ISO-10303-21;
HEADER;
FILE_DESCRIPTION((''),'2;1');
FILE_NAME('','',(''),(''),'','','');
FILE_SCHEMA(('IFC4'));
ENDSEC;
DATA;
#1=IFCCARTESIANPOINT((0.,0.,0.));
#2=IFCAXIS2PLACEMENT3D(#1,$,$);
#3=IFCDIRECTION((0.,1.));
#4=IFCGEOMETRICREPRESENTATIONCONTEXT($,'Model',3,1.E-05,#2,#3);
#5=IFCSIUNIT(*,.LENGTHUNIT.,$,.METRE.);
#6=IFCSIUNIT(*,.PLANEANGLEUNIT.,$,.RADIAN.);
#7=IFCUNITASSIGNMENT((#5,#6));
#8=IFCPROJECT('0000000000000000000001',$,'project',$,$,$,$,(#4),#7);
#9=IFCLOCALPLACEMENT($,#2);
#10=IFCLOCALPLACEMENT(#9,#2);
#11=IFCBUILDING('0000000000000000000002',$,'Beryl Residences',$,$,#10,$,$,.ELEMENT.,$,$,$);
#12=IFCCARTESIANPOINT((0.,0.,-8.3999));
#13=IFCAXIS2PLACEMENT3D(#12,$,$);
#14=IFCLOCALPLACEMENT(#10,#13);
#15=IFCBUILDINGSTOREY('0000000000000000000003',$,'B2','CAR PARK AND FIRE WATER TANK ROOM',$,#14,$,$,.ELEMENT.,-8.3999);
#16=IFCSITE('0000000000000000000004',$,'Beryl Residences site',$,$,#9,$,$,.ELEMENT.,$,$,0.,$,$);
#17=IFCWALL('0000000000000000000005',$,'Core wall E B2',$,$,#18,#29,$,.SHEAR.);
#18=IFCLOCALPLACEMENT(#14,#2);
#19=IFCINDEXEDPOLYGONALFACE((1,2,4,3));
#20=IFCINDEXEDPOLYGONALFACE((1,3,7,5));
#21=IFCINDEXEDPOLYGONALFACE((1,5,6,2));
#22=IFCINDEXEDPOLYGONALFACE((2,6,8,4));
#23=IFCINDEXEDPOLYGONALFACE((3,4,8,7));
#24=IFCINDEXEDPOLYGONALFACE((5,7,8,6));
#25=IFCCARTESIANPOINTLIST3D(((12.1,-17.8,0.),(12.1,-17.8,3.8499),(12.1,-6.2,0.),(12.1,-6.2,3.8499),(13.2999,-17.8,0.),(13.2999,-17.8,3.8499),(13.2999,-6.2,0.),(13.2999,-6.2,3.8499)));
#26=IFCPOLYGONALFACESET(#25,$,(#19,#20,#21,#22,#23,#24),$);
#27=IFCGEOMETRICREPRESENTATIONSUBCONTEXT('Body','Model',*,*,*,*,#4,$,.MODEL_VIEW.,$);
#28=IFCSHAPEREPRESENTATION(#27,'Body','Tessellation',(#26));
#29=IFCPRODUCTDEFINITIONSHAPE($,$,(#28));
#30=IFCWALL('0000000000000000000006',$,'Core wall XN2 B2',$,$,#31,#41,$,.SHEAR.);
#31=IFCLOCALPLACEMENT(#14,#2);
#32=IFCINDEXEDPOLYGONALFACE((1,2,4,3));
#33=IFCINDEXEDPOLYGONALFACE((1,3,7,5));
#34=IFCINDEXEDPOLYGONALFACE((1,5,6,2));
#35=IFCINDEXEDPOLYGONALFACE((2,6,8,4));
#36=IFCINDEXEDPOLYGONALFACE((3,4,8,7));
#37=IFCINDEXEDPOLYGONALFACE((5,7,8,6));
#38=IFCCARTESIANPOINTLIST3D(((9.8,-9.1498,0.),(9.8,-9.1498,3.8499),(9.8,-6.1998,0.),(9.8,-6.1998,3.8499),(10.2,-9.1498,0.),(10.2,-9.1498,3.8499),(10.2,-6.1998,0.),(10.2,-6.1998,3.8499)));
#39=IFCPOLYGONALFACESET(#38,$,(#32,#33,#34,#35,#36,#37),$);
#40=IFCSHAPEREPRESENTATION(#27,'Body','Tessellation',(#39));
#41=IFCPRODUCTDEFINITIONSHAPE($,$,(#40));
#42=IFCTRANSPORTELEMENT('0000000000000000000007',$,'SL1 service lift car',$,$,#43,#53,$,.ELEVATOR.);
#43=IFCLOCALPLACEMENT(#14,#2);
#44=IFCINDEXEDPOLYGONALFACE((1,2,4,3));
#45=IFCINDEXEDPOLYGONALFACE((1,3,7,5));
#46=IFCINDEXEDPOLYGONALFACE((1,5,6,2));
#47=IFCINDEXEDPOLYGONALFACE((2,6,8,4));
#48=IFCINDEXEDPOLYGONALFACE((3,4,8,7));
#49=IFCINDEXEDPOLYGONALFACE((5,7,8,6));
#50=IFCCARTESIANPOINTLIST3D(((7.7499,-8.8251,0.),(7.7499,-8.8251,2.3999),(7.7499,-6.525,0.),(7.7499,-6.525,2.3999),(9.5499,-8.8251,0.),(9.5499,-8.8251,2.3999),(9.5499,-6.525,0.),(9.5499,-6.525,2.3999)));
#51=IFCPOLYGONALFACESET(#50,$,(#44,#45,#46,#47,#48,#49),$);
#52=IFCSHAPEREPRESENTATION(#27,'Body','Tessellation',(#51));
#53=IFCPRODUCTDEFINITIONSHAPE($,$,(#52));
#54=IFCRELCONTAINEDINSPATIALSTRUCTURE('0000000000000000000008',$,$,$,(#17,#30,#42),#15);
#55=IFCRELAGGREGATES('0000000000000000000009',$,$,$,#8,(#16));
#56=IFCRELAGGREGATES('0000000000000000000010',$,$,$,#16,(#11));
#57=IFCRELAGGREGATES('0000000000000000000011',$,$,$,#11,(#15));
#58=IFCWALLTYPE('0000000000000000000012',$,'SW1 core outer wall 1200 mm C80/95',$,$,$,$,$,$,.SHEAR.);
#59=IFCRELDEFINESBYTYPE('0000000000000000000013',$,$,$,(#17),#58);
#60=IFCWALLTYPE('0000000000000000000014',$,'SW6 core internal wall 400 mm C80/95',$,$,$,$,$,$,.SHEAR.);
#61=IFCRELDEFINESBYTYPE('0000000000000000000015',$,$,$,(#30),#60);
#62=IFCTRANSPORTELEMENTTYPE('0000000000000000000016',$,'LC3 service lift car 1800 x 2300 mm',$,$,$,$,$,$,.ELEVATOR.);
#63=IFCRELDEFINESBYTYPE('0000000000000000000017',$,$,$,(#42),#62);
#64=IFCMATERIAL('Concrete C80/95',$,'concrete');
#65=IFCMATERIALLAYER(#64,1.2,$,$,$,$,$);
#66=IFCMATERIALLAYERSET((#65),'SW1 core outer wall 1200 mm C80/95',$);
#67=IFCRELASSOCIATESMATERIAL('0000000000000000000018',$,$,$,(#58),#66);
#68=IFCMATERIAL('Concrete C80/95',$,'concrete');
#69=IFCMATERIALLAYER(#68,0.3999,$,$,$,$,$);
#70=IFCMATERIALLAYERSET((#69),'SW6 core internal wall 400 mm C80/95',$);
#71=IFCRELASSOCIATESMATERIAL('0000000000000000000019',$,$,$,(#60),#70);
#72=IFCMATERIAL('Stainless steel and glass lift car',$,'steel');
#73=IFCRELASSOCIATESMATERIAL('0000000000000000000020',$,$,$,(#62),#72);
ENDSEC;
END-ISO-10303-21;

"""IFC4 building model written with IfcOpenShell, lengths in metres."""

from ifc_helpers import new_model, si_unit, direction, frame, frame_2d, origin, origin_2d, place, context, subcontext, project, spatial, rectangle, extrude, material, layer, layer_set, type_object, element, save


model = new_model("IFC4")

# Units and contexts
model_context = context("Model", 3, precision=1e-05, world=origin(), true_north=direction((0.0, 1.0)))
body_context = subcontext(model_context, "Body", "Model", "MODEL_VIEW")
ifc_project = project(units=[si_unit("LENGTHUNIT", "METRE"), si_unit("PLANEANGLEUNIT", "RADIAN")], contexts=[model_context])

# Site, building, storey
site_placement = place(None, origin())
site = spatial("IfcSite", under=ifc_project, at=site_placement, Name="Beryl Residences site", CompositionType="ELEMENT", RefElevation=0.0)
building_placement = place(site_placement, origin())
building = spatial("IfcBuilding", under=site, at=building_placement, Name="Beryl Residences", CompositionType="ELEMENT")
storey_placement = place(building_placement, frame((0.0, 0.0, -8.3999)))
storey = spatial("IfcBuildingStorey", under=building, at=storey_placement, Name="B2", Description="CAR PARK AND FIRE WATER TANK ROOM", CompositionType="ELEMENT", Elevation=-8.3999)

# Walls
ifc_material_1 = material(Name="Concrete C80/95", Category="concrete")
ifc_layer_1 = layer(ifc_material_1, 1.2)
ifc_layer_set_1 = layer_set([ifc_layer_1], Name="SW1 core outer wall 1200 mm C80/95")
wall_type_1 = type_object("IfcWallType", Name="SW1 core outer wall 1200 mm C80/95", PredefinedType="SHEAR", material=ifc_layer_set_1)
wall_1_placement = place(storey_placement, frame((12.7, -17.8, 0.0), z_axis=(0.0, 0.0, 1.0), x_axis=(0.0, 1.0, 0.0)))
element("IfcWall", 1, at=wall_1_placement, inside=storey, type_object=wall_type_1, Name="Core wall E B2", PredefinedType="SHEAR", context=body_context, shape_type="SweptSolid", body=[
    extrude(rectangle(XDim=11.6001, YDim=1.2, at=frame_2d((5.8, 0.0))), origin(), (0.0, 0.0, 1.0), 3.8499),
])
ifc_material_2 = material(Name="Concrete C80/95", Category="concrete")
ifc_layer_2 = layer(ifc_material_2, 0.3999)
ifc_layer_set_2 = layer_set([ifc_layer_2], Name="SW6 core internal wall 400 mm C80/95")
wall_type_2 = type_object("IfcWallType", Name="SW6 core internal wall 400 mm C80/95", PredefinedType="SHEAR", material=ifc_layer_set_2)
wall_2_placement = place(storey_placement, frame((10.0, -9.1499, 0.0), z_axis=(0.0, 0.0, 1.0), x_axis=(0.0, 1.0, 0.0)))
element("IfcWall", 2, at=wall_2_placement, inside=storey, type_object=wall_type_2, Name="Core wall XN2 B2", PredefinedType="SHEAR", context=body_context, shape_type="SweptSolid", body=[
    extrude(rectangle(XDim=2.95, YDim=0.3999, at=frame_2d((1.4751, 0.0))), origin(), (0.0, 0.0, 1.0), 3.8499),
])

# Transport element
ifc_material_3 = material(Name="Stainless steel and glass lift car", Category="steel")
transport_element_type = type_object("IfcTransportElementType", Name="LC3 service lift car 1800 x 2300 mm", PredefinedType="ELEVATOR", material=ifc_material_3)
transport_element_placement = place(storey_placement, frame((8.6499, -7.675, 0.0), z_axis=(0.0, 0.0, 1.0), x_axis=(1.0, 0.0, 0.0)))
element("IfcTransportElement", 3, at=transport_element_placement, inside=storey, type_object=transport_element_type, Name="SL1 service lift car", PredefinedType="ELEVATOR", context=body_context, shape_type="SweptSolid", body=[
    extrude(rectangle(XDim=1.8, YDim=2.3, at=origin_2d()), origin(), (0.0, 0.0, 1.0), 2.3999),
])

save(model, "model.ifc")
